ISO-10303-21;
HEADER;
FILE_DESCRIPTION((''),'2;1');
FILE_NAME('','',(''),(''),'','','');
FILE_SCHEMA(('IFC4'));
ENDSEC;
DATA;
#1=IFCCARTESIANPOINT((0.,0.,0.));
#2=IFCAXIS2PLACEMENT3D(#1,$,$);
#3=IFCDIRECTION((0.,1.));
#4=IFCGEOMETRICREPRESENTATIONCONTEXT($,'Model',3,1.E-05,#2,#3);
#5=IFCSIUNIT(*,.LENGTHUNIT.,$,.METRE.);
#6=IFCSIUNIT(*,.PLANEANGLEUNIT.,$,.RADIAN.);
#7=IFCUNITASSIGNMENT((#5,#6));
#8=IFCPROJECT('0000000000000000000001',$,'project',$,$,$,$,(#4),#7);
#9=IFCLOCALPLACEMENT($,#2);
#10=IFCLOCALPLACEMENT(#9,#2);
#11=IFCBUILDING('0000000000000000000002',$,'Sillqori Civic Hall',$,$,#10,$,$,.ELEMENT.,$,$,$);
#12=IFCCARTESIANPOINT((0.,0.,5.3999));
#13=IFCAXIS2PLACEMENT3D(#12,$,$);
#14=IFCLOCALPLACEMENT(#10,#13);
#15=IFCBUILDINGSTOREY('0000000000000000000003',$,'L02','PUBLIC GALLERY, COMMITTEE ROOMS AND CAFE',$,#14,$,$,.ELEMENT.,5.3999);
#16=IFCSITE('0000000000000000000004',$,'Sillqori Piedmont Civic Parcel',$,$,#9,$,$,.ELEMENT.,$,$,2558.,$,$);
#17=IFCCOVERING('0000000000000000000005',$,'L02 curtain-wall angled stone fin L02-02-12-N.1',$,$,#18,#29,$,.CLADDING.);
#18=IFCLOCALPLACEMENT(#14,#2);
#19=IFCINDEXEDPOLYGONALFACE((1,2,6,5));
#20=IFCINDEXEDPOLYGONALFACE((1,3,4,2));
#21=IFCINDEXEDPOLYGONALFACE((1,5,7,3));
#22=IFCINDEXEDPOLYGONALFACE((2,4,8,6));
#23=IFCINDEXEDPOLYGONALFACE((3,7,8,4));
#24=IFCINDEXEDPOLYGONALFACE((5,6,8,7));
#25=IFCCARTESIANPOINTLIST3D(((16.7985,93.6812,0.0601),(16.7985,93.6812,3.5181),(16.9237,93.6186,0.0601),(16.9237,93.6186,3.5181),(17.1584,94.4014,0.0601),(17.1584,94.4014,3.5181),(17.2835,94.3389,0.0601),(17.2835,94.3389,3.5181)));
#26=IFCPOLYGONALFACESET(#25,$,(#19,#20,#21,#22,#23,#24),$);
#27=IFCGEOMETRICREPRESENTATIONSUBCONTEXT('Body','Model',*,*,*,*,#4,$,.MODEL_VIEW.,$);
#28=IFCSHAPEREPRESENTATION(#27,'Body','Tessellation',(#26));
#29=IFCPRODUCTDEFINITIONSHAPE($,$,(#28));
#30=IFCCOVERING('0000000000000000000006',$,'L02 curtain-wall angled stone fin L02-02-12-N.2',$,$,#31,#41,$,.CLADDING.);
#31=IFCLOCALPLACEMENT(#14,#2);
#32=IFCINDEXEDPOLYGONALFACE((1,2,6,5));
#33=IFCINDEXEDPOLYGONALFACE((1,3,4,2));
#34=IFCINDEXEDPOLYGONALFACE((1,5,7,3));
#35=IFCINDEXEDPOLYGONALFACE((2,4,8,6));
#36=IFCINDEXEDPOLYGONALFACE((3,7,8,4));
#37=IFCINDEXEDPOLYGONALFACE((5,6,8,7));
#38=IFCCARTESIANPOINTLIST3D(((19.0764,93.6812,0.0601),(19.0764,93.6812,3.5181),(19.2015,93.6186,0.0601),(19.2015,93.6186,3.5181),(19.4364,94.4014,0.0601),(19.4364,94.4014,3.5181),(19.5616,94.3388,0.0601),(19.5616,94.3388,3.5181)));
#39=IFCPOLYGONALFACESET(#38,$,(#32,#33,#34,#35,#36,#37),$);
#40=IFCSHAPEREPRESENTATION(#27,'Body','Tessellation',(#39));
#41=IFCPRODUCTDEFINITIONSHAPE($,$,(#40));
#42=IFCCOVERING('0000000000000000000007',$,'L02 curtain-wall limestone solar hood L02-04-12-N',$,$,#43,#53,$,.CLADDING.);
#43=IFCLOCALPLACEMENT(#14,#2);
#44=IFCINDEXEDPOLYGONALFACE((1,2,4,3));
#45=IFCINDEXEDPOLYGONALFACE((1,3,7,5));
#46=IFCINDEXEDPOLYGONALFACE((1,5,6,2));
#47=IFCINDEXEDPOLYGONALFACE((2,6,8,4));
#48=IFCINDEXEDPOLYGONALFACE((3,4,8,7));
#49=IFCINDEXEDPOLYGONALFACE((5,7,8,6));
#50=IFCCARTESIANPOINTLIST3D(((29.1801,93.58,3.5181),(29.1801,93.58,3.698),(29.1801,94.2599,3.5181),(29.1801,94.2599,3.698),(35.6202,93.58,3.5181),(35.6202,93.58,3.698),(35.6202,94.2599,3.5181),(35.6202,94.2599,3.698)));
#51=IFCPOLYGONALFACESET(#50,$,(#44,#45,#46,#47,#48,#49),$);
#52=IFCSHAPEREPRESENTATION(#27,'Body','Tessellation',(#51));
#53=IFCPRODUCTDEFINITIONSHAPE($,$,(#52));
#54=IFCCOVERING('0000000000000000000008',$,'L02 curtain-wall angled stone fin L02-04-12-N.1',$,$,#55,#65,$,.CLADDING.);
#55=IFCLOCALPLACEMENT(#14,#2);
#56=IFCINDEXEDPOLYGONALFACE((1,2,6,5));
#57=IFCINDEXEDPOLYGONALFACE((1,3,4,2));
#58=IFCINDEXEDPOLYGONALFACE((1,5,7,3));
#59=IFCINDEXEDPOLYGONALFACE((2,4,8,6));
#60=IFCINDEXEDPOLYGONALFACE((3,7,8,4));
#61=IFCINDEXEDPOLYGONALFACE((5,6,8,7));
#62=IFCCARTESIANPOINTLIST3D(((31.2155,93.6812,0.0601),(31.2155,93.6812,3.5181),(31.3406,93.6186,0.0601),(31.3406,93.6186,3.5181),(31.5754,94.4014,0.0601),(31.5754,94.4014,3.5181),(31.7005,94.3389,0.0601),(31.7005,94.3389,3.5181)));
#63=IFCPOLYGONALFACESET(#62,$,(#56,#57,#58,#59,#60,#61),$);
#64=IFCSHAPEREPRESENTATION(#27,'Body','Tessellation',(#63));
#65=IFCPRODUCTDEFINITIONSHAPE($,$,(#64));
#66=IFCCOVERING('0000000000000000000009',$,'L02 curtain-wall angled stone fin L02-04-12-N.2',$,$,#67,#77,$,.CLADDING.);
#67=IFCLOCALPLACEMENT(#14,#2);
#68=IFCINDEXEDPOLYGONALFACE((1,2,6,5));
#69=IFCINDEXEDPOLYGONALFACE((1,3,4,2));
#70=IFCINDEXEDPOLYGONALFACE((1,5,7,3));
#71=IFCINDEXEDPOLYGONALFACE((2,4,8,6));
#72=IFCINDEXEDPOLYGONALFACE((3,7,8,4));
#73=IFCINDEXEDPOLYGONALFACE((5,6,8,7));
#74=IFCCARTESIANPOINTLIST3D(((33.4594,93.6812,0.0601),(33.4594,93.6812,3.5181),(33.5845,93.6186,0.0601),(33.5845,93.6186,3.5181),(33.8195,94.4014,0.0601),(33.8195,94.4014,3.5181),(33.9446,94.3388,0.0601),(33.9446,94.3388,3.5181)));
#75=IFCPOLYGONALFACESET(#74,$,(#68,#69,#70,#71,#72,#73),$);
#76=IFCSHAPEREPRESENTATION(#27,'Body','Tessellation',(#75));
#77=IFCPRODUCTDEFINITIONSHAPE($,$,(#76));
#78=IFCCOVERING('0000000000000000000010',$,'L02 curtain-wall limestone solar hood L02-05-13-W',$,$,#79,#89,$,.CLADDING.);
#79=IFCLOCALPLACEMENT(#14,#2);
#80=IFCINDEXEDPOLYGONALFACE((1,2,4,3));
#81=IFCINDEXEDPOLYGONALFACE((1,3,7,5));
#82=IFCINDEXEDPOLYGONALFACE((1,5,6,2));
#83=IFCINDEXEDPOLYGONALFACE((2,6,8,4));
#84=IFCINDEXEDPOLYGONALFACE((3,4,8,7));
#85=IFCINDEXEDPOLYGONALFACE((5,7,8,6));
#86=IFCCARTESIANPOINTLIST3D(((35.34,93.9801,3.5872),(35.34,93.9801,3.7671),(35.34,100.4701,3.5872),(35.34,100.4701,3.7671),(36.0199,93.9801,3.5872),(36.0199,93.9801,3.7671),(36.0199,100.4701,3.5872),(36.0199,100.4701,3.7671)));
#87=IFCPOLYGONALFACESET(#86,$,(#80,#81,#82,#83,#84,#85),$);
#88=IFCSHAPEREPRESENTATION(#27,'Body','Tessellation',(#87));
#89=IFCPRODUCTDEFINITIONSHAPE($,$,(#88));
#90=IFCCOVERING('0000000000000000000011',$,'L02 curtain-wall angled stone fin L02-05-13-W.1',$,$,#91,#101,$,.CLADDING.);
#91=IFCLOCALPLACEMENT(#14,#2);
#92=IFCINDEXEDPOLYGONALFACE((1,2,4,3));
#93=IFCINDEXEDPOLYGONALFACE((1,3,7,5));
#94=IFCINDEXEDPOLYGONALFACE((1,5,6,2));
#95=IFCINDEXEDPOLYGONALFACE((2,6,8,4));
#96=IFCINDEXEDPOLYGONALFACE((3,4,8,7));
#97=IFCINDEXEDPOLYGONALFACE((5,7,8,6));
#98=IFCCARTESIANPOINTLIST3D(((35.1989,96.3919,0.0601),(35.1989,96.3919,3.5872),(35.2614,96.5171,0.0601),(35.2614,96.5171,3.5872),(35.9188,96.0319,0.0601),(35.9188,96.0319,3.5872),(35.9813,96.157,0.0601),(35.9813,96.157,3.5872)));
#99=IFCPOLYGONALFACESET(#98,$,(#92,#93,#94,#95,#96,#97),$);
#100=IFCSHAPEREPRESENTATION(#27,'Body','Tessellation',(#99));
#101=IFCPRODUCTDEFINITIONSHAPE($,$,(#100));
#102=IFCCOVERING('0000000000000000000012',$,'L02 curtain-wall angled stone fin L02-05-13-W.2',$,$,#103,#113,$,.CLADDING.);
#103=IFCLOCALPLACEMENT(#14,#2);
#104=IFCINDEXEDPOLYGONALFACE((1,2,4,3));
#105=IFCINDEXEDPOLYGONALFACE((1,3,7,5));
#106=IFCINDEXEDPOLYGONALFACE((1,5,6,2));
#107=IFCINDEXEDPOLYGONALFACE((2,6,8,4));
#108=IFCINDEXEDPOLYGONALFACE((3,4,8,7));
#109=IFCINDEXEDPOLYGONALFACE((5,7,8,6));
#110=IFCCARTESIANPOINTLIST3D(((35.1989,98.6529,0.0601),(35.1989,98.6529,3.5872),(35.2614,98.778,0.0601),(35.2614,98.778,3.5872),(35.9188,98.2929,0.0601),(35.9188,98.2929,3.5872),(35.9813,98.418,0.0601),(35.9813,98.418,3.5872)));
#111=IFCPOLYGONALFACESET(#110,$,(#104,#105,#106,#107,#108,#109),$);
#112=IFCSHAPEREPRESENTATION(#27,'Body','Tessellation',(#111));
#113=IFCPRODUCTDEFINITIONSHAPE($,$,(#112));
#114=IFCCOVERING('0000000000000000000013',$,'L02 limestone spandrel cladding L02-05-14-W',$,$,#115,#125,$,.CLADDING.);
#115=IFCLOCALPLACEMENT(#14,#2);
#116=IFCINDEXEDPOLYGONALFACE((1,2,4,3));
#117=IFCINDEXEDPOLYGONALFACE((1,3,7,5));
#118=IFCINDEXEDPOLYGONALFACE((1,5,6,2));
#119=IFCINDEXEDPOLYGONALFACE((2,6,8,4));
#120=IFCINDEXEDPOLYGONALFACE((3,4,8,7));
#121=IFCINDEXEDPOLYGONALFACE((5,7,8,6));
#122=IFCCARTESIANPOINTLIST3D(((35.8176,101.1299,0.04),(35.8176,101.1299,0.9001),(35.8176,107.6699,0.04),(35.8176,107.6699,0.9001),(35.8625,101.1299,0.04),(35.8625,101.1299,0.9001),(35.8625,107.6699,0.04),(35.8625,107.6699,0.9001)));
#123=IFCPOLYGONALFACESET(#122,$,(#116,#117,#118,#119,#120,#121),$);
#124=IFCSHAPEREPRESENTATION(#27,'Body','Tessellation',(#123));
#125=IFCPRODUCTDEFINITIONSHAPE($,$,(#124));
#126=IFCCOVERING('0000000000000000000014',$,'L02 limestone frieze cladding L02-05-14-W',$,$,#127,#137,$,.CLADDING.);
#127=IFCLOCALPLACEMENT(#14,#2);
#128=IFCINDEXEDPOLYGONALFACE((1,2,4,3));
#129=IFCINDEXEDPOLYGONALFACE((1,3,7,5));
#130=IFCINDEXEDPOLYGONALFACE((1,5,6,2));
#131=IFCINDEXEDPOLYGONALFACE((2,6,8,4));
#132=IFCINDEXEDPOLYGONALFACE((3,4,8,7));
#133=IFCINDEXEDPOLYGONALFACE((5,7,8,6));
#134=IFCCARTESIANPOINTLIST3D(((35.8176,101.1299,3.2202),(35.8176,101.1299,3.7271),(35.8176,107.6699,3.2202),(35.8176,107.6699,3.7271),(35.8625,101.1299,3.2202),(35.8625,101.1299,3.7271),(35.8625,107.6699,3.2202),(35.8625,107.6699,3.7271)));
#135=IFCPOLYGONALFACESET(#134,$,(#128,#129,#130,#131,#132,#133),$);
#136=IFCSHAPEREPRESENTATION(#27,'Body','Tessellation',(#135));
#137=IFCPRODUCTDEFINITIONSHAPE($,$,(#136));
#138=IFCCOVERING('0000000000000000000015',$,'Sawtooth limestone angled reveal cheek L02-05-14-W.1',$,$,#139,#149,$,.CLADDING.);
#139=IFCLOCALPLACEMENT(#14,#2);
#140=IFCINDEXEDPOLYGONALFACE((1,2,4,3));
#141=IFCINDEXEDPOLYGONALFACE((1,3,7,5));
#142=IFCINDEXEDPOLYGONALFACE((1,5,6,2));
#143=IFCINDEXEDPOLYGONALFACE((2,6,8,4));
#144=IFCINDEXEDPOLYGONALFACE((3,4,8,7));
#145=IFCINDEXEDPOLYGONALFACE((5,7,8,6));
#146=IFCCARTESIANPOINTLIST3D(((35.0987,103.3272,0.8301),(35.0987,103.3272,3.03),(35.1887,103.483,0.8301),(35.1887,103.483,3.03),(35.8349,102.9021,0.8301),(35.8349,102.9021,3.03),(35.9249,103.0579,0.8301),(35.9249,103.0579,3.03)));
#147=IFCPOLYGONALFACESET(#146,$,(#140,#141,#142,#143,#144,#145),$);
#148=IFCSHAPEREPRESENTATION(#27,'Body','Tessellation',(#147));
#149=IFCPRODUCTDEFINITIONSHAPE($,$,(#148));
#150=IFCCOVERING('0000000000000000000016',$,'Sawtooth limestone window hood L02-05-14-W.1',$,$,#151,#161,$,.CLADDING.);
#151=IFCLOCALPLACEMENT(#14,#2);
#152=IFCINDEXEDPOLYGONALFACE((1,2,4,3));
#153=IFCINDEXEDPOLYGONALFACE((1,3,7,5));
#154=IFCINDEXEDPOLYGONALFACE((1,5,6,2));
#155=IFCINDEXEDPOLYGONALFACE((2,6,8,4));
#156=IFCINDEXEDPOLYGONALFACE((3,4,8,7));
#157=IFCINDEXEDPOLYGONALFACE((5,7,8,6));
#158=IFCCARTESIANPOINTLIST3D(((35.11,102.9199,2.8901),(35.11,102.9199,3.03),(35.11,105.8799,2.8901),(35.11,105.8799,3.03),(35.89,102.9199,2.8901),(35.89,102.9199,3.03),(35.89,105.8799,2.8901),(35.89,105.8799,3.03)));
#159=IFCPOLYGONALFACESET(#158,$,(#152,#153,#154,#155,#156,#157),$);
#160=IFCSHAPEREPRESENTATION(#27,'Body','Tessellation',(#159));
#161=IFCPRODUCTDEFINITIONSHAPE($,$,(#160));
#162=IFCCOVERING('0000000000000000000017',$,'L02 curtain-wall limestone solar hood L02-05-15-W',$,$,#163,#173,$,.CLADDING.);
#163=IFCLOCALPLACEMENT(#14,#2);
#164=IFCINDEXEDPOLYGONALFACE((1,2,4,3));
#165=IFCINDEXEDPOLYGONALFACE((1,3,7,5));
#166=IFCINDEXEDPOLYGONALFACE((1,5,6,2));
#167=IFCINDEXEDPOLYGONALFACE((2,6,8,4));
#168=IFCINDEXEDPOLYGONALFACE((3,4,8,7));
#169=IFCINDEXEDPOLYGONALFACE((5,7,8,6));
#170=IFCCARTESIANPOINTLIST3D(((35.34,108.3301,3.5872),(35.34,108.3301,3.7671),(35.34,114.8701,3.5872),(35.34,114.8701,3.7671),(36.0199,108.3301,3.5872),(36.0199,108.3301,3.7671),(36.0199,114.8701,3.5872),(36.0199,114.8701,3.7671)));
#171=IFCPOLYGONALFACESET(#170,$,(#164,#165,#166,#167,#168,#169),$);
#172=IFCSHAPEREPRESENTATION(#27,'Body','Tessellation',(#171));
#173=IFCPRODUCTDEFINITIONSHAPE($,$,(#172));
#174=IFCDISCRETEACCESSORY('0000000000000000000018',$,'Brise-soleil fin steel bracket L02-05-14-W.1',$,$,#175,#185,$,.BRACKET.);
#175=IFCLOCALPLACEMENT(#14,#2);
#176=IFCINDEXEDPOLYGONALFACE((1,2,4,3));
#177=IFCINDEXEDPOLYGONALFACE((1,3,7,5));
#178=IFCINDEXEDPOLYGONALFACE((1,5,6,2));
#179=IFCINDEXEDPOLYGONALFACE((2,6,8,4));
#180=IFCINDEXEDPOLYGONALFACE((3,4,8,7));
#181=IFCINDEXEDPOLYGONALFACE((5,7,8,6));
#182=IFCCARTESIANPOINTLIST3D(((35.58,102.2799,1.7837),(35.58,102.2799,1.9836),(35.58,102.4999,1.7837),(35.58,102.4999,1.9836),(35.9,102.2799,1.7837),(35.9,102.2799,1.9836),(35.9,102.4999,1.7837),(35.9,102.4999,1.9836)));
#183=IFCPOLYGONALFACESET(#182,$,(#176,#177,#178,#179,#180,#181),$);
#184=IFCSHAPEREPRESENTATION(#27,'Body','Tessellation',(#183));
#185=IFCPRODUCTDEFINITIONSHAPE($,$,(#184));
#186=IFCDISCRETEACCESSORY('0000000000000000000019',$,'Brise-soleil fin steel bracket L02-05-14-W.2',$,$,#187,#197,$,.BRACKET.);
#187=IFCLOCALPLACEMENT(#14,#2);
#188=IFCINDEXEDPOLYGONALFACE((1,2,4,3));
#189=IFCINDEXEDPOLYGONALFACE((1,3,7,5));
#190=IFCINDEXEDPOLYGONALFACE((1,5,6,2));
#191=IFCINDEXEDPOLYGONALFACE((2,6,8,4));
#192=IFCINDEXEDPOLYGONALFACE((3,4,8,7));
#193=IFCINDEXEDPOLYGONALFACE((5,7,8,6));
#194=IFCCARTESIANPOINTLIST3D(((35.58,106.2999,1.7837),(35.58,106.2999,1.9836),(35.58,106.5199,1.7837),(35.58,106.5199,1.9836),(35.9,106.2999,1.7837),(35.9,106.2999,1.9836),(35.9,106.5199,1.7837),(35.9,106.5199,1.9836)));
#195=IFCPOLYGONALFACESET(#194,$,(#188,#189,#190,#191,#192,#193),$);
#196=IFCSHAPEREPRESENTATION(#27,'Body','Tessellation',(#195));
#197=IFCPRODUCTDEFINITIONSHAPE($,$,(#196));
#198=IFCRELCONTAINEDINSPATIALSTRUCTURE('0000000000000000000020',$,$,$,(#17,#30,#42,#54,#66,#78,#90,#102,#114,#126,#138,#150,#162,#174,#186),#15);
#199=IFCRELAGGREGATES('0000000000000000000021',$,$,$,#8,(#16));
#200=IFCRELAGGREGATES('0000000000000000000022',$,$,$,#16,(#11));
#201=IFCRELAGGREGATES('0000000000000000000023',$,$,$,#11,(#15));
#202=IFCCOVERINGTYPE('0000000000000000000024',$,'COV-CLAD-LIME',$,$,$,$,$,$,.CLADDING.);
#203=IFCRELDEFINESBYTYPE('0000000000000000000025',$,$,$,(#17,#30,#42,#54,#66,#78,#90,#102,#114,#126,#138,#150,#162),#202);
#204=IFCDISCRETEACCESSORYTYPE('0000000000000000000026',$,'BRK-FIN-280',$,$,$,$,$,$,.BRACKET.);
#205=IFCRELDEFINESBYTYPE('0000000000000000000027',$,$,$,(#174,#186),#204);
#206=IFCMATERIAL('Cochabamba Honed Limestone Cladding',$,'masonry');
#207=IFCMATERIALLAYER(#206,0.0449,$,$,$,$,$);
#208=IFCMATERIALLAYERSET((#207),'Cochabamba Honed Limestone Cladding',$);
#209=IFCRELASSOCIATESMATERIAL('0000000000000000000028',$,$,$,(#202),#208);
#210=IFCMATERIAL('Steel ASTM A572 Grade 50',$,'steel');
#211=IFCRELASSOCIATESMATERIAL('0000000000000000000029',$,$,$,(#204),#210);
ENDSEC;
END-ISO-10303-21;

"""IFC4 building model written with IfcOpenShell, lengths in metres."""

from ifc_helpers import new_model, si_unit, direction, frame, frame_2d, origin, origin_2d, place, context, subcontext, project, spatial, rectangle, extrude, material, layer, layer_set, type_object, element, save


model = new_model("IFC4")

# Units and contexts
model_context = context("Model", 3, precision=1e-05, world=origin(), true_north=direction((0.0, 1.0)))
body_context = subcontext(model_context, "Body", "Model", "MODEL_VIEW")
ifc_project = project(units=[si_unit("LENGTHUNIT", "METRE"), si_unit("PLANEANGLEUNIT", "RADIAN")], contexts=[model_context])

# Site, building, storey
site_placement = place(None, origin())
site = spatial("IfcSite", under=ifc_project, at=site_placement, Name="Sillqori Piedmont Civic Parcel", CompositionType="ELEMENT", RefElevation=2558.0)
building_placement = place(site_placement, origin())
building = spatial("IfcBuilding", under=site, at=building_placement, Name="Sillqori Civic Hall", CompositionType="ELEMENT")
storey_placement = place(building_placement, frame((0.0, 0.0, 5.3999)))
storey = spatial("IfcBuildingStorey", under=building, at=storey_placement, Name="L02", Description="PUBLIC GALLERY, COMMITTEE ROOMS AND CAFE", CompositionType="ELEMENT", Elevation=5.3999)

# Coverings
ifc_material_1 = material(Name="Cochabamba Honed Limestone Cladding", Category="masonry")
ifc_layer_1 = layer(ifc_material_1, 0.0449)
ifc_layer_set_1 = layer_set([ifc_layer_1], Name="Cochabamba Honed Limestone Cladding")
covering_type = type_object("IfcCoveringType", Name="COV-CLAD-LIME", PredefinedType="CLADDING", material=ifc_layer_set_1)
for number, where, z_axis, x_axis, name in (
    (1, (16.8611, 93.6499, 0.0601), (0.0, 0.0, 1.0), (0.446971, 0.894548, 0.0), "L02 curtain-wall angled stone fin L02-02-12-N.1"),
    (2, (19.1389, 93.6499, 0.0601), (0.0, 0.0, 1.0), (0.447214, 0.894427, 0.0), "L02 curtain-wall angled stone fin L02-02-12-N.2"),
):
    element("IfcCovering", number, at=place(storey_placement, frame(where, z_axis=z_axis, x_axis=x_axis)), inside=storey, type_object=covering_type, Name=name, PredefinedType="CLADDING", context=body_context, shape_type="SweptSolid", body=[
        extrude(rectangle(XDim=0.8052, YDim=0.1399, at=frame_2d((0.4026, 0.0))), origin(), (0.0, 0.0, 1.0), 3.458),
    ])
covering_1_placement = place(storey_placement, frame((29.1799, 93.9199, 3.5181), z_axis=(0.0, 0.0, 1.0), x_axis=(1.0, 0.0, 0.0)))
element("IfcCovering", 3, at=covering_1_placement, inside=storey, type_object=covering_type, Name="L02 curtain-wall limestone solar hood L02-04-12-N", PredefinedType="CLADDING", context=body_context, shape_type="SweptSolid", body=[
    extrude(rectangle(XDim=6.4402, YDim=0.6799, at=frame_2d((3.2202, 0.0))), origin(), (0.0, 0.0, 1.0), 0.1799),
])
for number, where, z_axis, x_axis, name in (
    (4, (31.2781, 93.6499, 0.0601), (0.0, 0.0, 1.0), (0.446971, 0.894548, 0.0), "L02 curtain-wall angled stone fin L02-04-12-N.1"),
    (5, (33.522, 93.6499, 0.0601), (0.0, 0.0, 1.0), (0.447214, 0.894427, 0.0), "L02 curtain-wall angled stone fin L02-04-12-N.2"),
):
    element("IfcCovering", number, at=place(storey_placement, frame(where, z_axis=z_axis, x_axis=x_axis)), inside=storey, type_object=covering_type, Name=name, PredefinedType="CLADDING", context=body_context, shape_type="SweptSolid", body=[
        extrude(rectangle(XDim=0.8052, YDim=0.1399, at=frame_2d((0.4026, 0.0))), origin(), (0.0, 0.0, 1.0), 3.458),
    ])
covering_2_placement = place(storey_placement, frame((35.6799, 93.98, 3.5872), z_axis=(0.0, 0.0, 1.0), x_axis=(0.0, 1.0, 0.0)))
element("IfcCovering", 6, at=covering_2_placement, inside=storey, type_object=covering_type, Name="L02 curtain-wall limestone solar hood L02-05-13-W", PredefinedType="CLADDING", context=body_context, shape_type="SweptSolid", body=[
    extrude(rectangle(XDim=6.49, YDim=0.6799, at=frame_2d((3.2451, 0.0))), origin(), (0.0, 0.0, 1.0), 0.1799),
])
for number, where, z_axis, x_axis, name in (
    (7, (35.95, 96.0945, 0.0601), (0.0, 0.0, 1.0), (-0.894367, 0.447335, 0.0), "L02 curtain-wall angled stone fin L02-05-13-W.1"),
    (8, (35.95, 98.3555, 0.0601), (0.0, 0.0, 1.0), (-0.894367, 0.447335, 0.0), "L02 curtain-wall angled stone fin L02-05-13-W.2"),
):
    element("IfcCovering", number, at=place(storey_placement, frame(where, z_axis=z_axis, x_axis=x_axis)), inside=storey, type_object=covering_type, Name=name, PredefinedType="CLADDING", context=body_context, shape_type="SweptSolid", body=[
        extrude(rectangle(XDim=0.8049, YDim=0.1399, at=frame_2d((0.4023, 0.0))), origin(), (0.0, 0.0, 1.0), 3.5271),
    ])
covering_3_placement = place(storey_placement, frame((35.8401, 101.1299, 0.04), z_axis=(0.0, 0.0, 1.0), x_axis=(0.0, 1.0, 0.0)))
element("IfcCovering", 9, at=covering_3_placement, inside=storey, type_object=covering_type, Name="L02 limestone spandrel cladding L02-05-14-W", PredefinedType="CLADDING", context=body_context, shape_type="SweptSolid", body=[
    extrude(rectangle(XDim=6.54, YDim=0.0449, at=frame_2d((3.27, 0.0))), origin(), (0.0, 0.0, 1.0), 0.8601),
])
covering_4_placement = place(storey_placement, frame((35.8401, 101.1299, 3.2202), z_axis=(0.0, 0.0, 1.0), x_axis=(0.0, 1.0, 0.0)))
element("IfcCovering", 10, at=covering_4_placement, inside=storey, type_object=covering_type, Name="L02 limestone frieze cladding L02-05-14-W", PredefinedType="CLADDING", context=body_context, shape_type="SweptSolid", body=[
    extrude(rectangle(XDim=6.54, YDim=0.0449, at=frame_2d((3.27, 0.0))), origin(), (0.0, 0.0, 1.0), 0.5068),
])
covering_5_placement = place(storey_placement, frame((35.8799, 102.98, 0.8301), z_axis=(0.0, 0.0, 1.0), x_axis=(-0.865989, 0.500062, 0.0)))
element("IfcCovering", 11, at=covering_5_placement, inside=storey, type_object=covering_type, Name="Sawtooth limestone angled reveal cheek L02-05-14-W.1", PredefinedType="CLADDING", context=body_context, shape_type="SweptSolid", body=[
    extrude(rectangle(XDim=0.8501, YDim=0.1799, at=frame_2d((0.425, 0.0))), origin(), (0.0, 0.0, 1.0), 2.2),
])
covering_6_placement = place(storey_placement, frame((35.5, 102.9199, 2.8901), z_axis=(0.0, 0.0, 1.0), x_axis=(0.0, 1.0, 0.0)))
element("IfcCovering", 12, at=covering_6_placement, inside=storey, type_object=covering_type, Name="Sawtooth limestone window hood L02-05-14-W.1", PredefinedType="CLADDING", context=body_context, shape_type="SweptSolid", body=[
    extrude(rectangle(XDim=2.96, YDim=0.78, at=frame_2d((1.48, 0.0))), origin(), (0.0, 0.0, 1.0), 0.1399),
])
covering_7_placement = place(storey_placement, frame((35.6799, 108.3301, 3.5872), z_axis=(0.0, 0.0, 1.0), x_axis=(0.0, 1.0, 0.0)))
element("IfcCovering", 13, at=covering_7_placement, inside=storey, type_object=covering_type, Name="L02 curtain-wall limestone solar hood L02-05-15-W", PredefinedType="CLADDING", context=body_context, shape_type="SweptSolid", body=[
    extrude(rectangle(XDim=6.54, YDim=0.6799, at=frame_2d((3.27, 0.0))), origin(), (0.0, 0.0, 1.0), 0.1799),
])

# Discrete accessories
ifc_material_2 = material(Name="Steel ASTM A572 Grade 50", Category="steel")
discrete_accessory_type = type_object("IfcDiscreteAccessoryType", Name="BRK-FIN-280", PredefinedType="BRACKET", material=ifc_material_2)
for number, where, z_axis, x_axis, name in (
    (14, (35.74, 102.3899, 1.7837), (0.0, 0.0, 1.0), (0.0, 1.0, 0.0), "Brise-soleil fin steel bracket L02-05-14-W.1"),
    (15, (35.74, 106.4099, 1.7837), (0.0, 0.0, 1.0), (0.0, 1.0, 0.0), "Brise-soleil fin steel bracket L02-05-14-W.2"),
):
    element("IfcDiscreteAccessory", number, at=place(storey_placement, frame(where, z_axis=z_axis, x_axis=x_axis)), inside=storey, type_object=discrete_accessory_type, Name=name, PredefinedType="BRACKET", context=body_context, shape_type="SweptSolid", body=[
        extrude(rectangle(XDim=0.22, YDim=0.3201, at=origin_2d()), origin(), (0.0, 0.0, 1.0), 0.2),
    ])

save(model, "model.ifc")
